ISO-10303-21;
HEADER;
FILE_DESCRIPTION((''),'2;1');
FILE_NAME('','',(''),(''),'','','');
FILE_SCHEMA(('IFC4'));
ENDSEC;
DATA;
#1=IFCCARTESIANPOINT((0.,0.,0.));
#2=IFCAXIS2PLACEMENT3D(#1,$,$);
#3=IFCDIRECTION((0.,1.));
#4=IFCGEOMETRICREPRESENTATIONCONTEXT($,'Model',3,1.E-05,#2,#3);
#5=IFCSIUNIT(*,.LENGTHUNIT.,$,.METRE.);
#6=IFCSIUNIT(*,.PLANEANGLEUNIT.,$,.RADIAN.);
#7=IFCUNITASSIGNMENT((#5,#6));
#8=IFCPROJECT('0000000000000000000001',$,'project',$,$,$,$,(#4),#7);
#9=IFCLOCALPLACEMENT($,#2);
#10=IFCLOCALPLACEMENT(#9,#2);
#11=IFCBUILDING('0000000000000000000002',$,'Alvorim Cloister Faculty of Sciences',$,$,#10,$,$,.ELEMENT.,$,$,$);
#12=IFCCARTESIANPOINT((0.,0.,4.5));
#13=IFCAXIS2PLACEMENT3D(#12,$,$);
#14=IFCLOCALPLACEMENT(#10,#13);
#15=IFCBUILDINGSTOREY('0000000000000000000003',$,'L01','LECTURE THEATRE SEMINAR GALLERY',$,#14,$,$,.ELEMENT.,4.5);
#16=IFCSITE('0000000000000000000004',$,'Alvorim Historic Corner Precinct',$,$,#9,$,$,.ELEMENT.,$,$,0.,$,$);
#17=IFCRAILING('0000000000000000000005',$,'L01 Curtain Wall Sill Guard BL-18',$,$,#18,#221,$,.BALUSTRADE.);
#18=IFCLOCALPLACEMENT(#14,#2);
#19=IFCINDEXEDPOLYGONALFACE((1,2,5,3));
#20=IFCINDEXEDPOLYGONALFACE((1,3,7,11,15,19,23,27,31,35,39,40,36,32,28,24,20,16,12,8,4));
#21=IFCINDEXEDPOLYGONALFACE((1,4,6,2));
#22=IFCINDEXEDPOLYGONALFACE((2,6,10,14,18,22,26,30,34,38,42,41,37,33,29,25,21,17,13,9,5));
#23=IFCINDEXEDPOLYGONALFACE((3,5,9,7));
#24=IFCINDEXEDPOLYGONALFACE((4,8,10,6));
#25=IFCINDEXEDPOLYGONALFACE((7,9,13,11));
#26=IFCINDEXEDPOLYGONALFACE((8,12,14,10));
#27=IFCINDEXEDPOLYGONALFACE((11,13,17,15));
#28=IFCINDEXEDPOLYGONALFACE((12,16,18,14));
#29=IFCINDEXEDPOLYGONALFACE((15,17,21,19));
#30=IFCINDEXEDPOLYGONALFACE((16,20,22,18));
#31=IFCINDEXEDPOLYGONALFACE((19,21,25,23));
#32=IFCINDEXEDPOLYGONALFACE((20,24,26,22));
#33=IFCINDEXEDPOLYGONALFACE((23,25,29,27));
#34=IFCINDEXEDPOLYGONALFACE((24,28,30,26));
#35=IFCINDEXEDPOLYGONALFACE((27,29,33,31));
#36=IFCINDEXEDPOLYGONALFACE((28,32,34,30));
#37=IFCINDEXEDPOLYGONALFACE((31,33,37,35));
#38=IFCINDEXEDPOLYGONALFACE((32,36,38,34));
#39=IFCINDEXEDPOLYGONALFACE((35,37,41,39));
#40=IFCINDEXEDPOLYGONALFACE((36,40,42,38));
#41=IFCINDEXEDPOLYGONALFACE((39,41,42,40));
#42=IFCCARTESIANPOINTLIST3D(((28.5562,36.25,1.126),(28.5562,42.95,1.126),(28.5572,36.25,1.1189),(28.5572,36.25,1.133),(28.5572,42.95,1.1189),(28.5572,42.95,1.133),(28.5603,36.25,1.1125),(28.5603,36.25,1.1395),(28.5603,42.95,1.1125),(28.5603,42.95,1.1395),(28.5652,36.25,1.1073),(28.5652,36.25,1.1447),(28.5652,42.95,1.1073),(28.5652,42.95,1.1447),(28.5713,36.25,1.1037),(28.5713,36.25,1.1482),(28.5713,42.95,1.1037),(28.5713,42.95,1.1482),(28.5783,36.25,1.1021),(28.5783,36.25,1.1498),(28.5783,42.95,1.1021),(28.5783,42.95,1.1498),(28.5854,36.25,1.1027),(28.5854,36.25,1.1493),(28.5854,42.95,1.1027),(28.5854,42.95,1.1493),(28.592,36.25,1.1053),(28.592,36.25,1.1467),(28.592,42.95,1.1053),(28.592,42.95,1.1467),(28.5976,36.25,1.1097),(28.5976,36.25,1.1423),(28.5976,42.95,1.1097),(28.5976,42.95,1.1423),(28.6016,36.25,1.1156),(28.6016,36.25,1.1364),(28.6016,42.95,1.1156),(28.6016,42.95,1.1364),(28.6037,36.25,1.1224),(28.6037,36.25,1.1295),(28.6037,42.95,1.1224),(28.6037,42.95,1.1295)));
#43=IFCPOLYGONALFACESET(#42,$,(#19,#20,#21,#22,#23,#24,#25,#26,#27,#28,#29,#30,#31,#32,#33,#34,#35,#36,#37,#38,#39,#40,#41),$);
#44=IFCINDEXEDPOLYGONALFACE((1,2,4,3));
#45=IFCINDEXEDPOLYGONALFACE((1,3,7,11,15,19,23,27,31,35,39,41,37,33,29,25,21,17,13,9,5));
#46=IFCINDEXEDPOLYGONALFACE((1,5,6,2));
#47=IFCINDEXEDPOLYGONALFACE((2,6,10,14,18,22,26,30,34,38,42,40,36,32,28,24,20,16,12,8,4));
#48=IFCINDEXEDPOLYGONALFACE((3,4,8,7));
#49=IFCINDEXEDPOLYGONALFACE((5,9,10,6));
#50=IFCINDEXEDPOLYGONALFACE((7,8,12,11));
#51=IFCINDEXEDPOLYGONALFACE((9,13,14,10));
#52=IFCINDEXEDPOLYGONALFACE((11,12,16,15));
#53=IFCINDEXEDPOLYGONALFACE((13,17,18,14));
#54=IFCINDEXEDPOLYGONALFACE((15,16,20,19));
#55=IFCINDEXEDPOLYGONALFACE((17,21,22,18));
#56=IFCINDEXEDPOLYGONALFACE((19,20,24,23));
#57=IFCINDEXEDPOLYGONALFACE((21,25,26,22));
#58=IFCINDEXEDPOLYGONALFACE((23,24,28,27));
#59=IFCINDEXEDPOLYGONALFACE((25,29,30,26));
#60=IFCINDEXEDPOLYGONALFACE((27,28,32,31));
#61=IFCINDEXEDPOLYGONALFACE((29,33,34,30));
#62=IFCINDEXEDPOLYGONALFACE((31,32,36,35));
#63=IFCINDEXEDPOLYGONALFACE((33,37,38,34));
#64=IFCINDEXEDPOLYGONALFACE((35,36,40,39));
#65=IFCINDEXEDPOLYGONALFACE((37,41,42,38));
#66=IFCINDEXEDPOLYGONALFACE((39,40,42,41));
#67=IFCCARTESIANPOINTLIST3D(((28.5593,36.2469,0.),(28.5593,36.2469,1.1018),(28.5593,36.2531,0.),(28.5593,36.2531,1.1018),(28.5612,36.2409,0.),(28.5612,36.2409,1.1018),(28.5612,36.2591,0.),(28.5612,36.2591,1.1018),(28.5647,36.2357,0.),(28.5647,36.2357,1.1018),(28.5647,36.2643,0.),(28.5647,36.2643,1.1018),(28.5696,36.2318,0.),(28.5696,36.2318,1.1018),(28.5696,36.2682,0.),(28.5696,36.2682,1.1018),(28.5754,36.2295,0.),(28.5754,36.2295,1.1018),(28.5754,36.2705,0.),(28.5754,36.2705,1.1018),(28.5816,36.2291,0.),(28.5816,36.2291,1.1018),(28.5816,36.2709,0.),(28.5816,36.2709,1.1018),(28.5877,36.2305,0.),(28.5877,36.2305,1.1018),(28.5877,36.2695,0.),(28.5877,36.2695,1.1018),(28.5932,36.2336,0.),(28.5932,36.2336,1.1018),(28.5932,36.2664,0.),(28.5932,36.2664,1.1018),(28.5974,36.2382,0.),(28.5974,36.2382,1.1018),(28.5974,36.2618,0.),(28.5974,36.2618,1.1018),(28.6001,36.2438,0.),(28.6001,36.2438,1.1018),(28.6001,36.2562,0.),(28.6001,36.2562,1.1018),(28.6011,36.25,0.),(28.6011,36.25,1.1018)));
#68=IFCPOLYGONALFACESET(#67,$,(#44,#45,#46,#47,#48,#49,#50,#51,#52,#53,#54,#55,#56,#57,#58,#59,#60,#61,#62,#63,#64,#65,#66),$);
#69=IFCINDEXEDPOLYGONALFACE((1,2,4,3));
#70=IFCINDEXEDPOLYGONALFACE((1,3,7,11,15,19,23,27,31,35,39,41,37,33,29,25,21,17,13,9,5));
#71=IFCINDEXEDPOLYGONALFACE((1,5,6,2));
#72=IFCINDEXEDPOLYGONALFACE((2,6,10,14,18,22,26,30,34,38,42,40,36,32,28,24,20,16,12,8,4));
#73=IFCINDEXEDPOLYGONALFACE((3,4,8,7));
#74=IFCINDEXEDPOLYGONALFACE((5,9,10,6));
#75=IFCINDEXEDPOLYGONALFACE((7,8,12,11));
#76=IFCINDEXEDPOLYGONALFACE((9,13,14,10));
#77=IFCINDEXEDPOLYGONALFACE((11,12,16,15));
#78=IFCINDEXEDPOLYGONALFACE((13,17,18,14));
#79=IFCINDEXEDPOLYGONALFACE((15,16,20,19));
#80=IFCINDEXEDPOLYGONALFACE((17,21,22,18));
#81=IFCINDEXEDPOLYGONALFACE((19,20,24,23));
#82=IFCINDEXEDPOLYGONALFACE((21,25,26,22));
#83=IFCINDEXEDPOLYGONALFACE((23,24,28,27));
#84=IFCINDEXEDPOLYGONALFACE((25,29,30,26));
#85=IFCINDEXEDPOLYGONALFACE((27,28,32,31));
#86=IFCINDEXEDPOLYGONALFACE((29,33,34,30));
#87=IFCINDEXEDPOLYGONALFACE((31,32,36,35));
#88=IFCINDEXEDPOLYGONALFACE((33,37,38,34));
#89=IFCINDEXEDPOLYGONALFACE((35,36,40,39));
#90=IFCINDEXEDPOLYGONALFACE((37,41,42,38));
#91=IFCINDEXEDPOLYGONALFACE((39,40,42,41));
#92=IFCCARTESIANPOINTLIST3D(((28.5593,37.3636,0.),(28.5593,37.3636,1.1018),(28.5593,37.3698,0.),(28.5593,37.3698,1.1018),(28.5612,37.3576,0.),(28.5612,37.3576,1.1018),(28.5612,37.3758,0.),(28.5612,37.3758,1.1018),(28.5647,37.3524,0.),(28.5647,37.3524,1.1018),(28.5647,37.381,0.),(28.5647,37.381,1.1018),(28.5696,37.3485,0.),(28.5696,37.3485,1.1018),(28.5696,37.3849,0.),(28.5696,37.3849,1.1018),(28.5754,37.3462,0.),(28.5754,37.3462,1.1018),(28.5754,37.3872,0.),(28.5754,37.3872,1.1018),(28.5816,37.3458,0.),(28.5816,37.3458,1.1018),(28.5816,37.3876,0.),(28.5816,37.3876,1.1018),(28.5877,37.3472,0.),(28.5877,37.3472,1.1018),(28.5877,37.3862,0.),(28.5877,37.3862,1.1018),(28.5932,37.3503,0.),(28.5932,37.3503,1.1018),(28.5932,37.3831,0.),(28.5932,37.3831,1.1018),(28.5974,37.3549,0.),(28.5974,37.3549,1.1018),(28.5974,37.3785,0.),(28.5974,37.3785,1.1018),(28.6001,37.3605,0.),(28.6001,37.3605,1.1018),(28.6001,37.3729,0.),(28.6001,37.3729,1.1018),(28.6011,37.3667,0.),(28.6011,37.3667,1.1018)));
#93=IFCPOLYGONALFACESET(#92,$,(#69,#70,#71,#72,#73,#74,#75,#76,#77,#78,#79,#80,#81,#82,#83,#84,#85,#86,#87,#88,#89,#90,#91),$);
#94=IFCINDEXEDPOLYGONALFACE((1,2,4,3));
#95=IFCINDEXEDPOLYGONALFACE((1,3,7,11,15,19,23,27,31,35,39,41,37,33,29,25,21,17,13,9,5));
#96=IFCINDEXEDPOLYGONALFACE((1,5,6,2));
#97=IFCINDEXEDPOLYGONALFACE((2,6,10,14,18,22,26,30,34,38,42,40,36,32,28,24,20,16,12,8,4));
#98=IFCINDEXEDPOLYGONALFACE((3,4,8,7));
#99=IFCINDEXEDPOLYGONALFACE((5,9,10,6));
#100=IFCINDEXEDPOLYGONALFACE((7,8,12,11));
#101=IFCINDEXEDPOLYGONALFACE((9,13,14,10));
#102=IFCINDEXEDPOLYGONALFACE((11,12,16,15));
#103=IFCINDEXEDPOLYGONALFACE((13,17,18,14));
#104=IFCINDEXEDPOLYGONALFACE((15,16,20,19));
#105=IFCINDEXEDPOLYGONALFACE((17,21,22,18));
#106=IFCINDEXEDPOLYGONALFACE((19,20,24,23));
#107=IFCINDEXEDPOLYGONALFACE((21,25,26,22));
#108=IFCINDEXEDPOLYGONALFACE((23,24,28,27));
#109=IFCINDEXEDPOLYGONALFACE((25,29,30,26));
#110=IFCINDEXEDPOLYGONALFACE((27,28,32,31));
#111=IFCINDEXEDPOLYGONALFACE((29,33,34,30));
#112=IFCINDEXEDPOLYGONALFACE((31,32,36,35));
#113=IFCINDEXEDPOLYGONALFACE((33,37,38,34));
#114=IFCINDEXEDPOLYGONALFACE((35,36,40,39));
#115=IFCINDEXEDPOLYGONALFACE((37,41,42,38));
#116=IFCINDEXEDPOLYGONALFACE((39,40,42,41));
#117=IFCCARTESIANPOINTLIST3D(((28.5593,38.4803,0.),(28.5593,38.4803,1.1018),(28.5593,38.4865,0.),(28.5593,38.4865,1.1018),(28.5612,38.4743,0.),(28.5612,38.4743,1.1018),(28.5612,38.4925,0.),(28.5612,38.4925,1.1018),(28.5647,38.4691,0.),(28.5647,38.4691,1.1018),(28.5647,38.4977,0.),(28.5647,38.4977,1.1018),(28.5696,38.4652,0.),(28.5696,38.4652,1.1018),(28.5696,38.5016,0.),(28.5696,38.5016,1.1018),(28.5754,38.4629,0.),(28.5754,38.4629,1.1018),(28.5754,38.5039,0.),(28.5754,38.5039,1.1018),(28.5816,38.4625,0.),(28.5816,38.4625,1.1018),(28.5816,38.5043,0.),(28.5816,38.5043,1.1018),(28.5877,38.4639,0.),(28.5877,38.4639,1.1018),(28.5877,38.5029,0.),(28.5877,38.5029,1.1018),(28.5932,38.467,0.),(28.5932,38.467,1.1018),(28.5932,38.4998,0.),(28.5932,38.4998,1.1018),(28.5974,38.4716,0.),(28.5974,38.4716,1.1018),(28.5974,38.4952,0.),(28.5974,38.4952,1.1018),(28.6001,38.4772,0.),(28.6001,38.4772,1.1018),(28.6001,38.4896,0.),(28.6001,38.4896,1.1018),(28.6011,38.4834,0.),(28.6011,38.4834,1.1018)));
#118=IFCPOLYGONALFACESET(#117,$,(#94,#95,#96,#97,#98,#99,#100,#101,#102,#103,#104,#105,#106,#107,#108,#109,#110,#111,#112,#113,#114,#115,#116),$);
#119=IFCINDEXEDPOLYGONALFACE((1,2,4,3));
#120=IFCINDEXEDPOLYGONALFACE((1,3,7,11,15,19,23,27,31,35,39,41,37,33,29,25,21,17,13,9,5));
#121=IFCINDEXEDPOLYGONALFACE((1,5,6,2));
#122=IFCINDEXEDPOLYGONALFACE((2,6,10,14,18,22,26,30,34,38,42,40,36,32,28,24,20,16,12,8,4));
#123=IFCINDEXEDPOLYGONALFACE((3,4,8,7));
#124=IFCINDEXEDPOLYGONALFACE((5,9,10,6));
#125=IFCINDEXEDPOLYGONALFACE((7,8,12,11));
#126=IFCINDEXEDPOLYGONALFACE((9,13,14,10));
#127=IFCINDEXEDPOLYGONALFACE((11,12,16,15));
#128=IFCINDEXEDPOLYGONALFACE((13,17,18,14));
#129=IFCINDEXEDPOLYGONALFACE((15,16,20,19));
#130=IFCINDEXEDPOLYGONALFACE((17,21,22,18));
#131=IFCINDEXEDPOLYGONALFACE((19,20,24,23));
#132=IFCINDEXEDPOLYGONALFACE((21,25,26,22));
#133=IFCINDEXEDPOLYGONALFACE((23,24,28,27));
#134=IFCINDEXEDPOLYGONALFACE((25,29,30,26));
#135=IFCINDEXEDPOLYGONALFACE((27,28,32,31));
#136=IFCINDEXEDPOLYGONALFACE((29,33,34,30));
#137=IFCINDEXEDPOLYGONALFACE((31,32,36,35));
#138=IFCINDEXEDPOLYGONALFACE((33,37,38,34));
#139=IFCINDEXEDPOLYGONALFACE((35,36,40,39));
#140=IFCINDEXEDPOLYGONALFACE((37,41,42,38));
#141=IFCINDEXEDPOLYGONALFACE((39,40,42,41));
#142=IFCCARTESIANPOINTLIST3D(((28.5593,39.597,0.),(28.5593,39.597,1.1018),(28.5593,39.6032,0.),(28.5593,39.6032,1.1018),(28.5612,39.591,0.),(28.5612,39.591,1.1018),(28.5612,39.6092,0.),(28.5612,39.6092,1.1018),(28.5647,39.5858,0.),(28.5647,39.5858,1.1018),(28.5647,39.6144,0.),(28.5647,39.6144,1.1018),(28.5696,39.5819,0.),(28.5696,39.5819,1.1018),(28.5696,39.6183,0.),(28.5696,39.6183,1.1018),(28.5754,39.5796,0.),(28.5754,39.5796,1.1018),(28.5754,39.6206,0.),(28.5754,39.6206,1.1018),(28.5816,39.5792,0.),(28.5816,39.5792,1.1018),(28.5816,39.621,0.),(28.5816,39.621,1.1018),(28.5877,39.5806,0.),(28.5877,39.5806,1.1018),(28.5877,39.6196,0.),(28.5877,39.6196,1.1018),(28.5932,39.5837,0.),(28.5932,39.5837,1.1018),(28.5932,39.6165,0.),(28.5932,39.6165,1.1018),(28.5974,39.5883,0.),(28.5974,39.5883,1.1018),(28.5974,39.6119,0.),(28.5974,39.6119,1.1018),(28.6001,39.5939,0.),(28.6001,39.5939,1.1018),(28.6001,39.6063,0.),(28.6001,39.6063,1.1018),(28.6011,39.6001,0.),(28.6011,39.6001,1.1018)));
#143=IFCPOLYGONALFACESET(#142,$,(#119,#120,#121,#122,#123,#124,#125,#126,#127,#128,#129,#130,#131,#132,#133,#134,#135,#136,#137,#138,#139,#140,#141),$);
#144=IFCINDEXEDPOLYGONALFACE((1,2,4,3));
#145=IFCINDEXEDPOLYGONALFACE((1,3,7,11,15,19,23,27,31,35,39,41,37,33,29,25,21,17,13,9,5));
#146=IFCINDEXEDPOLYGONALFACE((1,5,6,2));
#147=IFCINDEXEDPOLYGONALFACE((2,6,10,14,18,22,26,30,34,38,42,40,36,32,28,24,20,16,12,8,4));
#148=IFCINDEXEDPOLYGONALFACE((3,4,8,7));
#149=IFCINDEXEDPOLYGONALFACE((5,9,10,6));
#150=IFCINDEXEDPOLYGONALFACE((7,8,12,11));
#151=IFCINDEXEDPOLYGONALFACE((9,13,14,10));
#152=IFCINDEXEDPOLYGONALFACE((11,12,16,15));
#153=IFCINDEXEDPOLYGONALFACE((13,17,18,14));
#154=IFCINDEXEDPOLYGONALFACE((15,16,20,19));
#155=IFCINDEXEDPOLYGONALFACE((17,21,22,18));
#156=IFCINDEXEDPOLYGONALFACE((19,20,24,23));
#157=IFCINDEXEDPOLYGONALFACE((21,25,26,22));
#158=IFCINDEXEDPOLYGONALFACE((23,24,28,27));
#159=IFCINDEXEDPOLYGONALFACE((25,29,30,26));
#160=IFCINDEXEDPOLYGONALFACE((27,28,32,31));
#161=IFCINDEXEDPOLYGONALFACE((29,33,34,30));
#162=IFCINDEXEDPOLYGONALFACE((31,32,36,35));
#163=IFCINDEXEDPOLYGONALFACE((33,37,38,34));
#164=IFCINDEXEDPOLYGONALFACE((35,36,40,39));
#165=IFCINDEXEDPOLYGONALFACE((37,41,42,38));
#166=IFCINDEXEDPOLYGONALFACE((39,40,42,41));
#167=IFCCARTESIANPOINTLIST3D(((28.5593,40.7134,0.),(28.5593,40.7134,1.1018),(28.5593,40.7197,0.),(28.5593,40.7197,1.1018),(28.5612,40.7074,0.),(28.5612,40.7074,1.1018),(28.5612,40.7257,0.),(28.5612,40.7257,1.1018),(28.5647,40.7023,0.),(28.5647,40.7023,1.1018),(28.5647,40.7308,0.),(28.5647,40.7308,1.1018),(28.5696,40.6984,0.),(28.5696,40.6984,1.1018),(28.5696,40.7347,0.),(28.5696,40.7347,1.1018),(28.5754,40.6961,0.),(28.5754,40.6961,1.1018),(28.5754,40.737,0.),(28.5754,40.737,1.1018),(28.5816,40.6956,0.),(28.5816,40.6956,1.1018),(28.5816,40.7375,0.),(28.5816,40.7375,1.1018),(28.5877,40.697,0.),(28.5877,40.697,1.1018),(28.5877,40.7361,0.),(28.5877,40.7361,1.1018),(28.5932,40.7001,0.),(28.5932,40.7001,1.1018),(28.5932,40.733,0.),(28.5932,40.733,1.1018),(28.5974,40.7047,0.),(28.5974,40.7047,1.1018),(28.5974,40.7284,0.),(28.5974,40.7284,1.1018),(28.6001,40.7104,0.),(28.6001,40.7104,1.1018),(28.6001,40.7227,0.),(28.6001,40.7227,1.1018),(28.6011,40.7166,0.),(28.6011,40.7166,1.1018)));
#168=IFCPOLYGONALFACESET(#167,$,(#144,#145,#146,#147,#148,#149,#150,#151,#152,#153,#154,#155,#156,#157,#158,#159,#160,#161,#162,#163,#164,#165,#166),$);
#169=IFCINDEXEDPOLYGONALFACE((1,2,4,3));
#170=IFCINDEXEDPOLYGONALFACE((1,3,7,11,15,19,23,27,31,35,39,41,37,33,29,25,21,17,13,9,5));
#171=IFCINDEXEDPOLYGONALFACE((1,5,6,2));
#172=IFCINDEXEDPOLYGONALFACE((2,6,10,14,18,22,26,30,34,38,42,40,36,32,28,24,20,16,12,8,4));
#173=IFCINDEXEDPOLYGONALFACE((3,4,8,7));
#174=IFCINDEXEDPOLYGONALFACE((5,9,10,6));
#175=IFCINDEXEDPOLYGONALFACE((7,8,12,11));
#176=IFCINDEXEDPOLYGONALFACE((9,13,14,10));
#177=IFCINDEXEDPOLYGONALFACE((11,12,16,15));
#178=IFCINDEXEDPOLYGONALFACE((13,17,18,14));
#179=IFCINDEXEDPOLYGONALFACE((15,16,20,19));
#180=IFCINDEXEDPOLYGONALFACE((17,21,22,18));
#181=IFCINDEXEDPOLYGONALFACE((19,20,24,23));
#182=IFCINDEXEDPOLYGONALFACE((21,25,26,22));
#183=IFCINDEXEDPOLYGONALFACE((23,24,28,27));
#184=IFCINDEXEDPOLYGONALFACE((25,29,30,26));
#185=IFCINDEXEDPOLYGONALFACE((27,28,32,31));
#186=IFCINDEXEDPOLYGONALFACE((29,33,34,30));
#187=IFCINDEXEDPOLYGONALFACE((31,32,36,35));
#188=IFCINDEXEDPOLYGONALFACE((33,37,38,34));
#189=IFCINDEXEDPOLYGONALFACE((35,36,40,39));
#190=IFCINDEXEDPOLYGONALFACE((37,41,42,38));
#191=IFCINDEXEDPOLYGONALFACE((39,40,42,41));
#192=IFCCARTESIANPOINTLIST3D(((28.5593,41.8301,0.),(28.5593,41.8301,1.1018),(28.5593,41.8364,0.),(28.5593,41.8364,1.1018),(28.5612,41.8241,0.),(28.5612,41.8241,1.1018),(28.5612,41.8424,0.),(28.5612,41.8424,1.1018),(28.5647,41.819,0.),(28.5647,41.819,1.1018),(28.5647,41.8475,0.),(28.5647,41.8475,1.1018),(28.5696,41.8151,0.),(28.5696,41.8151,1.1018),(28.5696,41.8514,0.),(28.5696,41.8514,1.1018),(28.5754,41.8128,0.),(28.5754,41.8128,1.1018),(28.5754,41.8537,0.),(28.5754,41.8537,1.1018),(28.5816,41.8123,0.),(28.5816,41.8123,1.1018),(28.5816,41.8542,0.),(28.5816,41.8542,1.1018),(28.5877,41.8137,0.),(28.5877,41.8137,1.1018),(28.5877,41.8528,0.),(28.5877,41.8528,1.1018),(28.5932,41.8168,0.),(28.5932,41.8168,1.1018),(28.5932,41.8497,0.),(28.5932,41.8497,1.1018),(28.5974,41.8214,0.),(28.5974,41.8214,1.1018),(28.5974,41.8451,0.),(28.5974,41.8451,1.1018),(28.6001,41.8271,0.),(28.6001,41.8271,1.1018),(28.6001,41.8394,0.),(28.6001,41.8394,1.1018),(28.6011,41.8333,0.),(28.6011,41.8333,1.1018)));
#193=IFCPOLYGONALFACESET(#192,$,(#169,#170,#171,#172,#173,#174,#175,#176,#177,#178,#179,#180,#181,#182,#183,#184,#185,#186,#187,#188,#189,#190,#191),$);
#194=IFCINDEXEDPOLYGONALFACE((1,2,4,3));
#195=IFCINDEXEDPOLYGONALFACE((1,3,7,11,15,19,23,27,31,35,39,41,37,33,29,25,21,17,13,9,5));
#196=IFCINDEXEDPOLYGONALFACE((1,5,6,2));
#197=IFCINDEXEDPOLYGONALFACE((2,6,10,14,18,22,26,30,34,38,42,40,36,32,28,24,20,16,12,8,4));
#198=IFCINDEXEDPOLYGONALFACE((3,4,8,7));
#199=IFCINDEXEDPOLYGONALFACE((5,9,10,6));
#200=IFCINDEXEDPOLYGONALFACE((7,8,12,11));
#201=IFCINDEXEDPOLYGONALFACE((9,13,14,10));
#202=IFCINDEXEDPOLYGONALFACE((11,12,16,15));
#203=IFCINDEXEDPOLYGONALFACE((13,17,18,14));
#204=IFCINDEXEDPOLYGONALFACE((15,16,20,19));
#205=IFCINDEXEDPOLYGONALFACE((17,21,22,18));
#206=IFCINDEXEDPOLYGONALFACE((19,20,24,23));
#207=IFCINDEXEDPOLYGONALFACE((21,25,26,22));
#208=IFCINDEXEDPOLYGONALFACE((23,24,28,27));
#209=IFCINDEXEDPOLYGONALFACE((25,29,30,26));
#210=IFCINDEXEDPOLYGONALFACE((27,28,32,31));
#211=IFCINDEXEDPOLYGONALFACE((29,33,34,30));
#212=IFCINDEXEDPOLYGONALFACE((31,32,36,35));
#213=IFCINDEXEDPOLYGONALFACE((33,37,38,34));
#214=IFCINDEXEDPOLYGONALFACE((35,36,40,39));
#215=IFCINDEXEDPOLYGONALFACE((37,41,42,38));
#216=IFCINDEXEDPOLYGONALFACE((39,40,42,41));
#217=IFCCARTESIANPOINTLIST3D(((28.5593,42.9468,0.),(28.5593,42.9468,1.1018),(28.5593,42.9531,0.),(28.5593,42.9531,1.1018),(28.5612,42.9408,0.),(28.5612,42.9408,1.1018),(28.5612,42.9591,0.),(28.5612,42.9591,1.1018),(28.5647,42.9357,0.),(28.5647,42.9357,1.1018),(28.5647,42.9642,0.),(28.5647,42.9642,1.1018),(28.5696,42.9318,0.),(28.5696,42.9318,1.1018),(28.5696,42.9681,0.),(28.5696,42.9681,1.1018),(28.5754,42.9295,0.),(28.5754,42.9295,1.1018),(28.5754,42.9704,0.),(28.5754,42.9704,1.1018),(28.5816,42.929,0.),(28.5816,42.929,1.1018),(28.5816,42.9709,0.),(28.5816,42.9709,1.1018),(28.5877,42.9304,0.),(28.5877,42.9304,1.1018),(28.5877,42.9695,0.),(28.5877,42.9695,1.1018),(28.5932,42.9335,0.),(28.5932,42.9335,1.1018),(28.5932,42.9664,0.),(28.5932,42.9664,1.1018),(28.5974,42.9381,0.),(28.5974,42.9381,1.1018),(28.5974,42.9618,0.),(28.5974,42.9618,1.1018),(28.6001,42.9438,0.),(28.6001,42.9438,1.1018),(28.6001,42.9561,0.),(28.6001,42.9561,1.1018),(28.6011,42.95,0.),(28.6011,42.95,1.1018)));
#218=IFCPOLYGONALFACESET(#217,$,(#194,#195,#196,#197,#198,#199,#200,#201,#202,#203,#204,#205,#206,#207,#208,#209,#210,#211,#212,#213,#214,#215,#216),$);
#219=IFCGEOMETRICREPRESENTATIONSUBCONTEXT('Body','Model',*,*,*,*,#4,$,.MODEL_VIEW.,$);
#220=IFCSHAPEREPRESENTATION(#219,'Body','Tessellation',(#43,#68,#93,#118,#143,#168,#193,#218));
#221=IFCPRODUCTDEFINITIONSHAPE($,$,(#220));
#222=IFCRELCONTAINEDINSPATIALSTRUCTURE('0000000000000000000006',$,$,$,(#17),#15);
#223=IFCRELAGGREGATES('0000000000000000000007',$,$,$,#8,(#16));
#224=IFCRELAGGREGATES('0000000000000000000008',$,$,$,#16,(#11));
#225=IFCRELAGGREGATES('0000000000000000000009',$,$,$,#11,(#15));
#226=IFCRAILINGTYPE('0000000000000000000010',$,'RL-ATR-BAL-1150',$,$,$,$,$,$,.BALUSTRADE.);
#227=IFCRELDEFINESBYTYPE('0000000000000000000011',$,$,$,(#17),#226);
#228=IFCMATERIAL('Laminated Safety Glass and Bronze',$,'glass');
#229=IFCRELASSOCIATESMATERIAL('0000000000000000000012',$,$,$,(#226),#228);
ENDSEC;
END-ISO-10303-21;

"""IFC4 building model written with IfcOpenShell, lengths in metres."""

from ifc_helpers import new_model, si_unit, direction, frame, origin, origin_2d, place, context, subcontext, project, spatial, circle, extrude, material, type_object, element, save


model = new_model("IFC4")

# Units and contexts
model_context = context("Model", 3, precision=1e-05, world=origin(), true_north=direction((0.0, 1.0)))
body_context = subcontext(model_context, "Body", "Model", "MODEL_VIEW")
ifc_project = project(units=[si_unit("LENGTHUNIT", "METRE"), si_unit("PLANEANGLEUNIT", "RADIAN")], contexts=[model_context])

# Site, building, storey
site_placement = place(None, origin())
site = spatial("IfcSite", under=ifc_project, at=site_placement, Name="Alvorim Historic Corner Precinct", CompositionType="ELEMENT", RefElevation=0.0)
building_placement = place(site_placement, origin())
building = spatial("IfcBuilding", under=site, at=building_placement, Name="Alvorim Cloister Faculty of Sciences", CompositionType="ELEMENT")
storey_placement = place(building_placement, frame((0.0, 0.0, 4.5)))
storey = spatial("IfcBuildingStorey", under=building, at=storey_placement, Name="L01", Description="LECTURE THEATRE SEMINAR GALLERY", CompositionType="ELEMENT", Elevation=4.5)

# Railing
ifc_material_1 = material(Name="Laminated Safety Glass and Bronze", Category="glass")
railing_type = type_object("IfcRailingType", Name="RL-ATR-BAL-1150", PredefinedType="BALUSTRADE", material=ifc_material_1)
railing_1_placement = place(storey_placement, frame((28.5801, 36.25, 0.0)))
element("IfcRailing", 1, at=railing_1_placement, inside=storey, type_object=railing_type, Name="L01 Curtain Wall Sill Guard BL-18", PredefinedType="BALUSTRADE", context=body_context, shape_type="SweptSolid", body=[
    extrude(circle(Radius=0.0239, at=origin_2d()), frame((0.0, 0.0, 1.126), z_axis=(0.0, 1.0, 0.0), x_axis=(-1.0, 0.0, 0.0)), (0.0, 0.0, 1.0), 6.7),
    extrude(circle(Radius=0.021, at=origin_2d()), origin(), (0.0, 0.0, 1.0), 1.1018),
    extrude(circle(Radius=0.021, at=origin_2d()), frame((0.0, 1.1167, 0.0)), (0.0, 0.0, 1.0), 1.1018),
    extrude(circle(Radius=0.021, at=origin_2d()), frame((0.0, 2.2334, 0.0)), (0.0, 0.0, 1.0), 1.1018),
    extrude(circle(Radius=0.021, at=origin_2d()), frame((0.0, 3.3501, 0.0)), (0.0, 0.0, 1.0), 1.1018),
    extrude(circle(Radius=0.021, at=origin_2d()), frame((0.0, 4.4666, 0.0)), (0.0, 0.0, 1.0), 1.1018),
    extrude(circle(Radius=0.021, at=origin_2d()), frame((0.0, 5.5833, 0.0)), (0.0, 0.0, 1.0), 1.1018),
    extrude(circle(Radius=0.021, at=origin_2d()), frame((0.0, 6.7, 0.0)), (0.0, 0.0, 1.0), 1.1018),
])

save(model, "model.ifc")
